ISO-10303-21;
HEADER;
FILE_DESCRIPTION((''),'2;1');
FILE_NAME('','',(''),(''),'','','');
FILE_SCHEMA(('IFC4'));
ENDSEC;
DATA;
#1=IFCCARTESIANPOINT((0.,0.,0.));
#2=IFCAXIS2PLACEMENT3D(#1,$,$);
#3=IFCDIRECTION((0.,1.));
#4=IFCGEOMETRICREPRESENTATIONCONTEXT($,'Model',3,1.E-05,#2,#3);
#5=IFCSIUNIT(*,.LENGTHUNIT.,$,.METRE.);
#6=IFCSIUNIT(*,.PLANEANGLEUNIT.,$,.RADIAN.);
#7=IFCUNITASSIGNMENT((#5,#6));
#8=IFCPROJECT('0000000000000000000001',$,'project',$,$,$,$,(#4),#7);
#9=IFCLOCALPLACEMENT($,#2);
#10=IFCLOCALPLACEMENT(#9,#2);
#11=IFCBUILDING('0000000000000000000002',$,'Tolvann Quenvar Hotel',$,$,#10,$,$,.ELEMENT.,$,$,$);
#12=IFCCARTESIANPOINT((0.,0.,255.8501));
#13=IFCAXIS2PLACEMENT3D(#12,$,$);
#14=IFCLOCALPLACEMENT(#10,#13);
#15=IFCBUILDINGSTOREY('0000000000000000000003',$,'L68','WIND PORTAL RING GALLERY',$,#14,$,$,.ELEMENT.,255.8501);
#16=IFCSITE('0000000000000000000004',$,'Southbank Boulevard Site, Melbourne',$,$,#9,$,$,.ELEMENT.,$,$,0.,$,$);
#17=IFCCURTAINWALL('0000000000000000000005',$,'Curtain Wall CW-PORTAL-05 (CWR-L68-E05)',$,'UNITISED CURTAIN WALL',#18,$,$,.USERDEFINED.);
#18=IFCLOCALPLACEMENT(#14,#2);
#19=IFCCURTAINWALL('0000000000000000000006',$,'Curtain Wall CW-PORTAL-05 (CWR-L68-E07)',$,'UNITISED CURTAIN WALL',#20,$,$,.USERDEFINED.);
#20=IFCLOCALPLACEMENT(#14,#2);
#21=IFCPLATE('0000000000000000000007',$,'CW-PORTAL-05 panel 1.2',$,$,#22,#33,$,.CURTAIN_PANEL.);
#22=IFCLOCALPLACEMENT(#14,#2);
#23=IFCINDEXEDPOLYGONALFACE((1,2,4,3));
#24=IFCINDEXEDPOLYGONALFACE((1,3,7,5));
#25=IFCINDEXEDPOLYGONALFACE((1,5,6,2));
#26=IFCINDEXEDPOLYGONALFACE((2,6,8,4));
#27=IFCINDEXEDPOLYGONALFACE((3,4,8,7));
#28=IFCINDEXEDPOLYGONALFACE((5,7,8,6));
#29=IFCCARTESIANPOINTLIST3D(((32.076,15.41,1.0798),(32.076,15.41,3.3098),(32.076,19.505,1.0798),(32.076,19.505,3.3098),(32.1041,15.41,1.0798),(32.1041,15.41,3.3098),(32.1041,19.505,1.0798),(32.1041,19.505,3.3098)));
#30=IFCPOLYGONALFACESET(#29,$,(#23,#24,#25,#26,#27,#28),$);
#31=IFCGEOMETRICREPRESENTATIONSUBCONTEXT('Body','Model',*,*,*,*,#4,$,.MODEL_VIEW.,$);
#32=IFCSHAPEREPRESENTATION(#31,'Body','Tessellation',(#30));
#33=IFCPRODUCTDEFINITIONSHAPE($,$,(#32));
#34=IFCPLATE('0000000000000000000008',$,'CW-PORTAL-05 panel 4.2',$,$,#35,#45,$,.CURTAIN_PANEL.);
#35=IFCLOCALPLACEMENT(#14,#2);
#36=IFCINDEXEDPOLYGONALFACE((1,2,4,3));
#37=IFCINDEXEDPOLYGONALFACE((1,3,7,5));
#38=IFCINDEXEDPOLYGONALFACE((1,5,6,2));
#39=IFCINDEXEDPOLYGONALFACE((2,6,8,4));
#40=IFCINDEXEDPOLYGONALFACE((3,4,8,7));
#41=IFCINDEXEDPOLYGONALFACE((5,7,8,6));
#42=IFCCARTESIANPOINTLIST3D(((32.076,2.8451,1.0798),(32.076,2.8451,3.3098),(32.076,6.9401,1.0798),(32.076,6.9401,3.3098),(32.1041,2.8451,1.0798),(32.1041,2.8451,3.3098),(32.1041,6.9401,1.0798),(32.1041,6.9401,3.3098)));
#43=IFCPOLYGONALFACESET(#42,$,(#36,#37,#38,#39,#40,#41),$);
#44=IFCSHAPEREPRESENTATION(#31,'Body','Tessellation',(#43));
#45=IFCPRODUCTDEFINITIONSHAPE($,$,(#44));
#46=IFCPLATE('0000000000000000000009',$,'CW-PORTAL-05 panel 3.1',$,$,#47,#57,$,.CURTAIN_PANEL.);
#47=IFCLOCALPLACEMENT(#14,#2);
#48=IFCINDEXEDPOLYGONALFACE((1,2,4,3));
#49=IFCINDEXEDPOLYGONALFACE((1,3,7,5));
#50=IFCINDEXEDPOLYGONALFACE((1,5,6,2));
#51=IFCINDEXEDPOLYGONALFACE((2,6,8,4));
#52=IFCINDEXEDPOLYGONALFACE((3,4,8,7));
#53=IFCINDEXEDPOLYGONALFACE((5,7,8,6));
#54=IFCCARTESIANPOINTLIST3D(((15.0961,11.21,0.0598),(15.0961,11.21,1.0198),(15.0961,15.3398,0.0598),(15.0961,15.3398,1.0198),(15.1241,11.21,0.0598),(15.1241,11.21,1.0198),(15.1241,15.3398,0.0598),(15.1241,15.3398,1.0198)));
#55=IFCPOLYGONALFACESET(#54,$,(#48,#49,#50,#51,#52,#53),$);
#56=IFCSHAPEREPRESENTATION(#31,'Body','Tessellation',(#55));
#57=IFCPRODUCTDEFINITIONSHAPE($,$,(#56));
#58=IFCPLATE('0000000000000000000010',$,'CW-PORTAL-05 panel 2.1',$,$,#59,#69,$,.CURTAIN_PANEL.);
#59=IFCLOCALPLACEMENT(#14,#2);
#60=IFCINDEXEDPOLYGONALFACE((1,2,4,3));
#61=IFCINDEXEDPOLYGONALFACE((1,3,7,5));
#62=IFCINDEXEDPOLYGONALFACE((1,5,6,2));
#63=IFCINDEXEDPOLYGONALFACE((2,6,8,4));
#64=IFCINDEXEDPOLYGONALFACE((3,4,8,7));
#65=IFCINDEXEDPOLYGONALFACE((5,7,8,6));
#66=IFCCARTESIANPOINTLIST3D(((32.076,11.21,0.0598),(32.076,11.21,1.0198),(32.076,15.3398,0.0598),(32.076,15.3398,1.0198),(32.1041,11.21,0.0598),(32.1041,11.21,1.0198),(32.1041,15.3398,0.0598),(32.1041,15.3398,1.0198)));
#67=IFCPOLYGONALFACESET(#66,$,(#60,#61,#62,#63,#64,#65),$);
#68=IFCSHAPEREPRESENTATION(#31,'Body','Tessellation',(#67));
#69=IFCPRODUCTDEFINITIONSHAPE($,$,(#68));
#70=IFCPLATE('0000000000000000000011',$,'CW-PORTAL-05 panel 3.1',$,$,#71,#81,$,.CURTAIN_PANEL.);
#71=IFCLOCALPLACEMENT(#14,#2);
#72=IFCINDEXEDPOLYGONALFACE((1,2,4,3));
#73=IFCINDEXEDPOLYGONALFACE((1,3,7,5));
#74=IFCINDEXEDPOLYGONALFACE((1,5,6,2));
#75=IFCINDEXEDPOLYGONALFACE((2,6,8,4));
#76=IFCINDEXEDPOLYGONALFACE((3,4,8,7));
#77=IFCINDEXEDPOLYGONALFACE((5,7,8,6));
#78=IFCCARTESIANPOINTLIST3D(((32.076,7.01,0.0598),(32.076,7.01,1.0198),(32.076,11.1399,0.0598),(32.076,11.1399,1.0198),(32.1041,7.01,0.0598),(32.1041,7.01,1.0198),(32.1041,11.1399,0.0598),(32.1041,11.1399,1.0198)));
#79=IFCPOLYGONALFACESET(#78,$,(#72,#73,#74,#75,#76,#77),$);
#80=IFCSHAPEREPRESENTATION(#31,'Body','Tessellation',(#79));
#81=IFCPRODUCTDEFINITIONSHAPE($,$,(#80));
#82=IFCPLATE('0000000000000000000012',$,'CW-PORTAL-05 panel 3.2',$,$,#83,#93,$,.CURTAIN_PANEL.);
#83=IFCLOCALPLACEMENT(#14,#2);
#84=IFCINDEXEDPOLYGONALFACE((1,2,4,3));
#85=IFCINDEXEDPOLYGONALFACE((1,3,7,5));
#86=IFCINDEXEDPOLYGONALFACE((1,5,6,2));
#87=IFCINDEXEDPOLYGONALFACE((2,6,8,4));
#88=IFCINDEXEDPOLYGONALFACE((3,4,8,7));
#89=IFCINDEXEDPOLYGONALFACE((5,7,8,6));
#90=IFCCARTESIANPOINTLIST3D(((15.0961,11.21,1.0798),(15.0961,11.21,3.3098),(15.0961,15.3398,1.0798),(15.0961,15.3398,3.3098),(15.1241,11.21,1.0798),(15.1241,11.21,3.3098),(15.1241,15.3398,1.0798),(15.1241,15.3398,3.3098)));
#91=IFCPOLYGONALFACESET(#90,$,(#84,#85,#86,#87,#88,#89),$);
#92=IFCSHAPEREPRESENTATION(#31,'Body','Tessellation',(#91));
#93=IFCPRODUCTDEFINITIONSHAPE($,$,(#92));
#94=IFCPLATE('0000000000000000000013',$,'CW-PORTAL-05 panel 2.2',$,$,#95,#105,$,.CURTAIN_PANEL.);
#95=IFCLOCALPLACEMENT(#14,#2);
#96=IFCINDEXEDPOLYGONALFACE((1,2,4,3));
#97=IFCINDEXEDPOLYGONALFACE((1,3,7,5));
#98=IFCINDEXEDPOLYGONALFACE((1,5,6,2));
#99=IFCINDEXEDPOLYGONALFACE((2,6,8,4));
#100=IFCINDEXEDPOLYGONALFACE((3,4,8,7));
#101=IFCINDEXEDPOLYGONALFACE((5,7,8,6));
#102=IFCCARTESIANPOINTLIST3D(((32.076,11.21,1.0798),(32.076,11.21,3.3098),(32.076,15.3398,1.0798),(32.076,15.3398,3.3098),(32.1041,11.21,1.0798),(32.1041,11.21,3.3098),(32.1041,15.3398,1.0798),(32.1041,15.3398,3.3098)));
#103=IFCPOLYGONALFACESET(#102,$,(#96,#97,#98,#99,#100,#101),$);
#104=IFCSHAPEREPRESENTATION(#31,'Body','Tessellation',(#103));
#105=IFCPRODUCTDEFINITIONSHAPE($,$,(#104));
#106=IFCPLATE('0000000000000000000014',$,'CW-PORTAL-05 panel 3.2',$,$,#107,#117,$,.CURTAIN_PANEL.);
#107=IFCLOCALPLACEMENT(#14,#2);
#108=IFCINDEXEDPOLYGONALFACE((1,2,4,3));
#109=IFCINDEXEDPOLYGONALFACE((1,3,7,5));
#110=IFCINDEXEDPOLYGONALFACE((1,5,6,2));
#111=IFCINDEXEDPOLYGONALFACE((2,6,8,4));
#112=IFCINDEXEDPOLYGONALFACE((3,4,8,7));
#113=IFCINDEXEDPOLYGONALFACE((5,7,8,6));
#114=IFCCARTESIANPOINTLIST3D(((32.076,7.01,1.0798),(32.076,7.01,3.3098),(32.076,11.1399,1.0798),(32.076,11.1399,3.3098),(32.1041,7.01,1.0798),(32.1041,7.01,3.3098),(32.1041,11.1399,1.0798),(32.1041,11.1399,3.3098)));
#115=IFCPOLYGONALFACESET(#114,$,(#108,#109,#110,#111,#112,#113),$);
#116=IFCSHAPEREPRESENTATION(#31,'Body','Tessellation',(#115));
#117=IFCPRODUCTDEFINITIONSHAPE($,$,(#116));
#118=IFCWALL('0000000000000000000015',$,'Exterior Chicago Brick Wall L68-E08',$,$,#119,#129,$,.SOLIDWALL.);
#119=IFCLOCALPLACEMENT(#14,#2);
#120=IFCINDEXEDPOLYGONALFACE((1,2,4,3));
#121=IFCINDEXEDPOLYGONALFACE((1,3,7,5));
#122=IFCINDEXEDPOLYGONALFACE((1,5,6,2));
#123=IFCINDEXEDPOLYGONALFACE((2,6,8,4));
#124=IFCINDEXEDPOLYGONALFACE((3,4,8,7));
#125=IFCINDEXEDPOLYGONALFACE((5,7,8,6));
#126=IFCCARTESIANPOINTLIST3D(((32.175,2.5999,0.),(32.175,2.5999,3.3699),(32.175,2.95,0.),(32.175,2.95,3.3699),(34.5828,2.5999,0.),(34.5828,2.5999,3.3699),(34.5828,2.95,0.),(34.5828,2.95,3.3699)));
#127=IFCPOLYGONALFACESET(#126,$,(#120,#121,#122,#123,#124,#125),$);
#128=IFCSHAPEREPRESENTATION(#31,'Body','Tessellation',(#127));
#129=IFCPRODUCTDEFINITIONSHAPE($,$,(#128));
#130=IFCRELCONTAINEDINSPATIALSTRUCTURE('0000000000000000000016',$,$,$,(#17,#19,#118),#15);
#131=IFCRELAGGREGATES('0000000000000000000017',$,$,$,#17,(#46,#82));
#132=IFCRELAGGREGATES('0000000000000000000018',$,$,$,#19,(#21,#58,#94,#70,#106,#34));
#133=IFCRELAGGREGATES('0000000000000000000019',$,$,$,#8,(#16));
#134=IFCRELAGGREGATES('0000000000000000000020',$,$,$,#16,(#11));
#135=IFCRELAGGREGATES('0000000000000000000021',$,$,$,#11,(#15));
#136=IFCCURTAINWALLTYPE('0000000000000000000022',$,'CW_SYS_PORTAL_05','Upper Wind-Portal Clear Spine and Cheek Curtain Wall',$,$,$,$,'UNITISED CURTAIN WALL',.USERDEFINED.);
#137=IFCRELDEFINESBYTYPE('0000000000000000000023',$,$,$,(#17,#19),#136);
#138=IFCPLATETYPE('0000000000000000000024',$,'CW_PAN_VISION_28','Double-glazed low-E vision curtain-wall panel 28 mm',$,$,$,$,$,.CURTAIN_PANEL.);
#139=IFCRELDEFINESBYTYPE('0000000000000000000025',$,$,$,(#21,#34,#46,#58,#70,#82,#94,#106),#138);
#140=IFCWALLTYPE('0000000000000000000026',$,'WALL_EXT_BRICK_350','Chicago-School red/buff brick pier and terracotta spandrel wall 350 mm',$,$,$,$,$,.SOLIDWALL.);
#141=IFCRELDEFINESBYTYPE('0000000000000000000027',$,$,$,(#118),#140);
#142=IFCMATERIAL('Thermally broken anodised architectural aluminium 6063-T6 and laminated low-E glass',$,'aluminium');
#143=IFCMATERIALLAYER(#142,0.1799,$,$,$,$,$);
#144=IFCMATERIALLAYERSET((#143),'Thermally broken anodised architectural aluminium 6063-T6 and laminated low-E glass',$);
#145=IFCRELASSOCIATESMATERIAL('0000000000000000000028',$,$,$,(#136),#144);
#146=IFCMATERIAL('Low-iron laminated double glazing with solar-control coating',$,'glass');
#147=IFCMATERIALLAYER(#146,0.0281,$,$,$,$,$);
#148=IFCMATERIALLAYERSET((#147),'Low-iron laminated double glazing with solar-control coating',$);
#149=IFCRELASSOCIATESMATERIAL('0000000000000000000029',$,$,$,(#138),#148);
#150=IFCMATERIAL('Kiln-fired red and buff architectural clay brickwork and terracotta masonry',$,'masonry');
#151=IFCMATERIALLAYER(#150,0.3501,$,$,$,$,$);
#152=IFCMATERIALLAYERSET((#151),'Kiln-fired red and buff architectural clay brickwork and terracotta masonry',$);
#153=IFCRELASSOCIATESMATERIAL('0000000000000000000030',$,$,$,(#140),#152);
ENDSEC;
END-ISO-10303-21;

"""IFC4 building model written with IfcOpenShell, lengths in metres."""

from ifc_helpers import new_model, si_unit, direction, frame, frame_2d, origin, origin_2d, place, context, subcontext, project, spatial, rectangle, extrude, source, transform, mapped, material, layer, layer_set, type_object, element, aggregate, save


model = new_model("IFC4")

# Units and contexts
model_context = context("Model", 3, precision=1e-05, world=origin(), true_north=direction((0.0, 1.0)))
body_context = subcontext(model_context, "Body", "Model", "MODEL_VIEW")
ifc_project = project(units=[si_unit("LENGTHUNIT", "METRE"), si_unit("PLANEANGLEUNIT", "RADIAN")], contexts=[model_context])

# Site, building, storey
site_placement = place(None, origin())
site = spatial("IfcSite", under=ifc_project, at=site_placement, Name="Southbank Boulevard Site, Melbourne", CompositionType="ELEMENT", RefElevation=0.0)
building_placement = place(site_placement, origin())
building = spatial("IfcBuilding", under=site, at=building_placement, Name="Tolvann Quenvar Hotel", CompositionType="ELEMENT")
storey_placement = place(building_placement, frame((0.0, 0.0, 255.8501)))
storey = spatial("IfcBuildingStorey", under=building, at=storey_placement, Name="L68", Description="WIND PORTAL RING GALLERY", CompositionType="ELEMENT", Elevation=255.8501)

# Curtain wall
ifc_material_1 = material(Name="Thermally broken anodised architectural aluminium 6063-T6 and laminated low-E glass", Category="aluminium")
ifc_layer_1 = layer(ifc_material_1, 0.1799)
ifc_layer_set_1 = layer_set([ifc_layer_1], Name="Thermally broken anodised architectural aluminium 6063-T6 and laminated low-E glass")
curtain_wall_type = type_object("IfcCurtainWallType", Name="CW_SYS_PORTAL_05", Description="Upper Wind-Portal Clear Spine and Cheek Curtain Wall", ElementType="UNITISED CURTAIN WALL", PredefinedType="USERDEFINED", material=ifc_layer_set_1)
curtain_wall_1_placement = place(storey_placement, origin())
curtain_wall_1 = element("IfcCurtainWall", 1, at=curtain_wall_1_placement, inside=storey, type_object=curtain_wall_type, Name="Curtain Wall CW-PORTAL-05 (CWR-L68-E05)", ObjectType="UNITISED CURTAIN WALL", PredefinedType="USERDEFINED")

# Curtain wall
curtain_wall_2_placement = place(storey_placement, origin())
curtain_wall_2 = element("IfcCurtainWall", 2, at=curtain_wall_2_placement, inside=storey, type_object=curtain_wall_type, Name="Curtain Wall CW-PORTAL-05 (CWR-L68-E07)", ObjectType="UNITISED CURTAIN WALL", PredefinedType="USERDEFINED")

# Plates
ifc_material_2 = material(Name="Low-iron laminated double glazing with solar-control coating", Category="glass")
ifc_layer_2 = layer(ifc_material_2, 0.0281)
ifc_layer_set_2 = layer_set([ifc_layer_2], Name="Low-iron laminated double glazing with solar-control coating")
plate_type = type_object("IfcPlateType", Name="CW_PAN_VISION_28", Description="Double-glazed low-E vision curtain-wall panel 28 mm", PredefinedType="CURTAIN_PANEL", material=ifc_layer_set_2)
shared_shape_1 = source(origin(), body_context, "Body", "SweptSolid", [
    extrude(rectangle(XDim=4.095, YDim=0.0281, at=origin_2d()), origin(), (0.0, 0.0, 1.0), 2.23),
])
plate_1_placement = place(storey_placement, frame((32.0901, 17.4575, 1.0798), z_axis=(0.0, 0.0, 1.0), x_axis=(0.0, -1.0, 0.0)))
plate_1 = element("IfcPlate", 3, at=plate_1_placement, type_object=plate_type, Name="CW-PORTAL-05 panel 1.2", PredefinedType="CURTAIN_PANEL", context=body_context, shape_type="MappedRepresentation", body=[
    mapped(shared_shape_1, transform((0.0, 0.0, 0.0), x_axis=(1.0, 0.0, 0.0), y_axis=(0.0, 1.0, 0.0), z_axis=(0.0, 0.0, 1.0), scale=1.0)),
])
plate_2_placement = place(storey_placement, frame((32.0901, 4.8926, 1.0798), z_axis=(0.0, 0.0, 1.0), x_axis=(0.0, -1.0, 0.0)))
plate_2 = element("IfcPlate", 4, at=plate_2_placement, type_object=plate_type, Name="CW-PORTAL-05 panel 4.2", PredefinedType="CURTAIN_PANEL", context=body_context, shape_type="MappedRepresentation", body=[
    mapped(shared_shape_1, transform((0.0, 0.0, 0.0), x_axis=(1.0, 0.0, 0.0), y_axis=(0.0, 1.0, 0.0), z_axis=(0.0, 0.0, 1.0), scale=1.0)),
])
shared_shape_2 = source(origin(), body_context, "Body", "SweptSolid", [
    extrude(rectangle(XDim=4.1299, YDim=0.0281, at=origin_2d()), origin(), (0.0, 0.0, 1.0), 0.96),
])
plate_3_placement = place(storey_placement, frame((15.1101, 13.2749, 0.0598), z_axis=(0.0, 0.0, 1.0), x_axis=(0.0, 1.0, 0.0)))
plate_3 = element("IfcPlate", 5, at=plate_3_placement, type_object=plate_type, Name="CW-PORTAL-05 panel 3.1", PredefinedType="CURTAIN_PANEL", context=body_context, shape_type="MappedRepresentation", body=[
    mapped(shared_shape_2, transform((0.0, 0.0, 0.0), x_axis=(1.0, 0.0, 0.0), y_axis=(0.0, 1.0, 0.0), z_axis=(0.0, 0.0, 1.0), scale=1.0)),
])
plate_4_placement = place(storey_placement, frame((32.0901, 13.2749, 0.0598), z_axis=(0.0, 0.0, 1.0), x_axis=(0.0, -1.0, 0.0)))
plate_4 = element("IfcPlate", 6, at=plate_4_placement, type_object=plate_type, Name="CW-PORTAL-05 panel 2.1", PredefinedType="CURTAIN_PANEL", context=body_context, shape_type="MappedRepresentation", body=[
    mapped(shared_shape_2, transform((0.0, 0.0, 0.0), x_axis=(1.0, 0.0, 0.0), y_axis=(0.0, 1.0, 0.0), z_axis=(0.0, 0.0, 1.0), scale=1.0)),
])
plate_5_placement = place(storey_placement, frame((32.0901, 9.075, 0.0598), z_axis=(0.0, 0.0, 1.0), x_axis=(0.0, -1.0, 0.0)))
plate_5 = element("IfcPlate", 7, at=plate_5_placement, type_object=plate_type, Name="CW-PORTAL-05 panel 3.1", PredefinedType="CURTAIN_PANEL", context=body_context, shape_type="MappedRepresentation", body=[
    mapped(shared_shape_2, transform((0.0, 0.0, 0.0), x_axis=(1.0, 0.0, 0.0), y_axis=(0.0, 1.0, 0.0), z_axis=(0.0, 0.0, 1.0), scale=1.0)),
])
shared_shape_3 = source(origin(), body_context, "Body", "SweptSolid", [
    extrude(rectangle(XDim=4.1299, YDim=0.0281, at=origin_2d()), origin(), (0.0, 0.0, 1.0), 2.23),
])
plate_6_placement = place(storey_placement, frame((15.1101, 13.2749, 1.0798), z_axis=(0.0, 0.0, 1.0), x_axis=(0.0, 1.0, 0.0)))
plate_6 = element("IfcPlate", 8, at=plate_6_placement, type_object=plate_type, Name="CW-PORTAL-05 panel 3.2", PredefinedType="CURTAIN_PANEL", context=body_context, shape_type="MappedRepresentation", body=[
    mapped(shared_shape_3, transform((0.0, 0.0, 0.0), x_axis=(1.0, 0.0, 0.0), y_axis=(0.0, 1.0, 0.0), z_axis=(0.0, 0.0, 1.0), scale=1.0)),
])
aggregate(curtain_wall_1, [plate_3, plate_6])
plate_7_placement = place(storey_placement, frame((32.0901, 13.2749, 1.0798), z_axis=(0.0, 0.0, 1.0), x_axis=(0.0, -1.0, 0.0)))
plate_7 = element("IfcPlate", 9, at=plate_7_placement, type_object=plate_type, Name="CW-PORTAL-05 panel 2.2", PredefinedType="CURTAIN_PANEL", context=body_context, shape_type="MappedRepresentation", body=[
    mapped(shared_shape_3, transform((0.0, 0.0, 0.0), x_axis=(1.0, 0.0, 0.0), y_axis=(0.0, 1.0, 0.0), z_axis=(0.0, 0.0, 1.0), scale=1.0)),
])
plate_8_placement = place(storey_placement, frame((32.0901, 9.075, 1.0798), z_axis=(0.0, 0.0, 1.0), x_axis=(0.0, -1.0, 0.0)))
plate_8 = element("IfcPlate", 10, at=plate_8_placement, type_object=plate_type, Name="CW-PORTAL-05 panel 3.2", PredefinedType="CURTAIN_PANEL", context=body_context, shape_type="MappedRepresentation", body=[
    mapped(shared_shape_3, transform((0.0, 0.0, 0.0), x_axis=(1.0, 0.0, 0.0), y_axis=(0.0, 1.0, 0.0), z_axis=(0.0, 0.0, 1.0), scale=1.0)),
])
aggregate(curtain_wall_2, [plate_1, plate_4, plate_7, plate_5, plate_8, plate_2])

# Wall
ifc_material_3 = material(Name="Kiln-fired red and buff architectural clay brickwork and terracotta masonry", Category="masonry")
ifc_layer_3 = layer(ifc_material_3, 0.3501)
ifc_layer_set_3 = layer_set([ifc_layer_3], Name="Kiln-fired red and buff architectural clay brickwork and terracotta masonry")
wall_type = type_object("IfcWallType", Name="WALL_EXT_BRICK_350", Description="Chicago-School red/buff brick pier and terracotta spandrel wall 350 mm", PredefinedType="SOLIDWALL", material=ifc_layer_set_3)
wall_placement = place(storey_placement, frame((32.175, 2.7749, 0.0), z_axis=(0.0, 0.0, 1.0), x_axis=(1.0, 0.0, 0.0)))
element("IfcWall", 11, at=wall_placement, inside=storey, type_object=wall_type, Name="Exterior Chicago Brick Wall L68-E08", PredefinedType="SOLIDWALL", context=body_context, shape_type="SweptSolid", body=[
    extrude(rectangle(XDim=2.4077, YDim=0.3501, at=frame_2d((1.2039, 0.0))), origin(), (0.0, 0.0, 1.0), 3.3699),
])

save(model, "model.ifc")
